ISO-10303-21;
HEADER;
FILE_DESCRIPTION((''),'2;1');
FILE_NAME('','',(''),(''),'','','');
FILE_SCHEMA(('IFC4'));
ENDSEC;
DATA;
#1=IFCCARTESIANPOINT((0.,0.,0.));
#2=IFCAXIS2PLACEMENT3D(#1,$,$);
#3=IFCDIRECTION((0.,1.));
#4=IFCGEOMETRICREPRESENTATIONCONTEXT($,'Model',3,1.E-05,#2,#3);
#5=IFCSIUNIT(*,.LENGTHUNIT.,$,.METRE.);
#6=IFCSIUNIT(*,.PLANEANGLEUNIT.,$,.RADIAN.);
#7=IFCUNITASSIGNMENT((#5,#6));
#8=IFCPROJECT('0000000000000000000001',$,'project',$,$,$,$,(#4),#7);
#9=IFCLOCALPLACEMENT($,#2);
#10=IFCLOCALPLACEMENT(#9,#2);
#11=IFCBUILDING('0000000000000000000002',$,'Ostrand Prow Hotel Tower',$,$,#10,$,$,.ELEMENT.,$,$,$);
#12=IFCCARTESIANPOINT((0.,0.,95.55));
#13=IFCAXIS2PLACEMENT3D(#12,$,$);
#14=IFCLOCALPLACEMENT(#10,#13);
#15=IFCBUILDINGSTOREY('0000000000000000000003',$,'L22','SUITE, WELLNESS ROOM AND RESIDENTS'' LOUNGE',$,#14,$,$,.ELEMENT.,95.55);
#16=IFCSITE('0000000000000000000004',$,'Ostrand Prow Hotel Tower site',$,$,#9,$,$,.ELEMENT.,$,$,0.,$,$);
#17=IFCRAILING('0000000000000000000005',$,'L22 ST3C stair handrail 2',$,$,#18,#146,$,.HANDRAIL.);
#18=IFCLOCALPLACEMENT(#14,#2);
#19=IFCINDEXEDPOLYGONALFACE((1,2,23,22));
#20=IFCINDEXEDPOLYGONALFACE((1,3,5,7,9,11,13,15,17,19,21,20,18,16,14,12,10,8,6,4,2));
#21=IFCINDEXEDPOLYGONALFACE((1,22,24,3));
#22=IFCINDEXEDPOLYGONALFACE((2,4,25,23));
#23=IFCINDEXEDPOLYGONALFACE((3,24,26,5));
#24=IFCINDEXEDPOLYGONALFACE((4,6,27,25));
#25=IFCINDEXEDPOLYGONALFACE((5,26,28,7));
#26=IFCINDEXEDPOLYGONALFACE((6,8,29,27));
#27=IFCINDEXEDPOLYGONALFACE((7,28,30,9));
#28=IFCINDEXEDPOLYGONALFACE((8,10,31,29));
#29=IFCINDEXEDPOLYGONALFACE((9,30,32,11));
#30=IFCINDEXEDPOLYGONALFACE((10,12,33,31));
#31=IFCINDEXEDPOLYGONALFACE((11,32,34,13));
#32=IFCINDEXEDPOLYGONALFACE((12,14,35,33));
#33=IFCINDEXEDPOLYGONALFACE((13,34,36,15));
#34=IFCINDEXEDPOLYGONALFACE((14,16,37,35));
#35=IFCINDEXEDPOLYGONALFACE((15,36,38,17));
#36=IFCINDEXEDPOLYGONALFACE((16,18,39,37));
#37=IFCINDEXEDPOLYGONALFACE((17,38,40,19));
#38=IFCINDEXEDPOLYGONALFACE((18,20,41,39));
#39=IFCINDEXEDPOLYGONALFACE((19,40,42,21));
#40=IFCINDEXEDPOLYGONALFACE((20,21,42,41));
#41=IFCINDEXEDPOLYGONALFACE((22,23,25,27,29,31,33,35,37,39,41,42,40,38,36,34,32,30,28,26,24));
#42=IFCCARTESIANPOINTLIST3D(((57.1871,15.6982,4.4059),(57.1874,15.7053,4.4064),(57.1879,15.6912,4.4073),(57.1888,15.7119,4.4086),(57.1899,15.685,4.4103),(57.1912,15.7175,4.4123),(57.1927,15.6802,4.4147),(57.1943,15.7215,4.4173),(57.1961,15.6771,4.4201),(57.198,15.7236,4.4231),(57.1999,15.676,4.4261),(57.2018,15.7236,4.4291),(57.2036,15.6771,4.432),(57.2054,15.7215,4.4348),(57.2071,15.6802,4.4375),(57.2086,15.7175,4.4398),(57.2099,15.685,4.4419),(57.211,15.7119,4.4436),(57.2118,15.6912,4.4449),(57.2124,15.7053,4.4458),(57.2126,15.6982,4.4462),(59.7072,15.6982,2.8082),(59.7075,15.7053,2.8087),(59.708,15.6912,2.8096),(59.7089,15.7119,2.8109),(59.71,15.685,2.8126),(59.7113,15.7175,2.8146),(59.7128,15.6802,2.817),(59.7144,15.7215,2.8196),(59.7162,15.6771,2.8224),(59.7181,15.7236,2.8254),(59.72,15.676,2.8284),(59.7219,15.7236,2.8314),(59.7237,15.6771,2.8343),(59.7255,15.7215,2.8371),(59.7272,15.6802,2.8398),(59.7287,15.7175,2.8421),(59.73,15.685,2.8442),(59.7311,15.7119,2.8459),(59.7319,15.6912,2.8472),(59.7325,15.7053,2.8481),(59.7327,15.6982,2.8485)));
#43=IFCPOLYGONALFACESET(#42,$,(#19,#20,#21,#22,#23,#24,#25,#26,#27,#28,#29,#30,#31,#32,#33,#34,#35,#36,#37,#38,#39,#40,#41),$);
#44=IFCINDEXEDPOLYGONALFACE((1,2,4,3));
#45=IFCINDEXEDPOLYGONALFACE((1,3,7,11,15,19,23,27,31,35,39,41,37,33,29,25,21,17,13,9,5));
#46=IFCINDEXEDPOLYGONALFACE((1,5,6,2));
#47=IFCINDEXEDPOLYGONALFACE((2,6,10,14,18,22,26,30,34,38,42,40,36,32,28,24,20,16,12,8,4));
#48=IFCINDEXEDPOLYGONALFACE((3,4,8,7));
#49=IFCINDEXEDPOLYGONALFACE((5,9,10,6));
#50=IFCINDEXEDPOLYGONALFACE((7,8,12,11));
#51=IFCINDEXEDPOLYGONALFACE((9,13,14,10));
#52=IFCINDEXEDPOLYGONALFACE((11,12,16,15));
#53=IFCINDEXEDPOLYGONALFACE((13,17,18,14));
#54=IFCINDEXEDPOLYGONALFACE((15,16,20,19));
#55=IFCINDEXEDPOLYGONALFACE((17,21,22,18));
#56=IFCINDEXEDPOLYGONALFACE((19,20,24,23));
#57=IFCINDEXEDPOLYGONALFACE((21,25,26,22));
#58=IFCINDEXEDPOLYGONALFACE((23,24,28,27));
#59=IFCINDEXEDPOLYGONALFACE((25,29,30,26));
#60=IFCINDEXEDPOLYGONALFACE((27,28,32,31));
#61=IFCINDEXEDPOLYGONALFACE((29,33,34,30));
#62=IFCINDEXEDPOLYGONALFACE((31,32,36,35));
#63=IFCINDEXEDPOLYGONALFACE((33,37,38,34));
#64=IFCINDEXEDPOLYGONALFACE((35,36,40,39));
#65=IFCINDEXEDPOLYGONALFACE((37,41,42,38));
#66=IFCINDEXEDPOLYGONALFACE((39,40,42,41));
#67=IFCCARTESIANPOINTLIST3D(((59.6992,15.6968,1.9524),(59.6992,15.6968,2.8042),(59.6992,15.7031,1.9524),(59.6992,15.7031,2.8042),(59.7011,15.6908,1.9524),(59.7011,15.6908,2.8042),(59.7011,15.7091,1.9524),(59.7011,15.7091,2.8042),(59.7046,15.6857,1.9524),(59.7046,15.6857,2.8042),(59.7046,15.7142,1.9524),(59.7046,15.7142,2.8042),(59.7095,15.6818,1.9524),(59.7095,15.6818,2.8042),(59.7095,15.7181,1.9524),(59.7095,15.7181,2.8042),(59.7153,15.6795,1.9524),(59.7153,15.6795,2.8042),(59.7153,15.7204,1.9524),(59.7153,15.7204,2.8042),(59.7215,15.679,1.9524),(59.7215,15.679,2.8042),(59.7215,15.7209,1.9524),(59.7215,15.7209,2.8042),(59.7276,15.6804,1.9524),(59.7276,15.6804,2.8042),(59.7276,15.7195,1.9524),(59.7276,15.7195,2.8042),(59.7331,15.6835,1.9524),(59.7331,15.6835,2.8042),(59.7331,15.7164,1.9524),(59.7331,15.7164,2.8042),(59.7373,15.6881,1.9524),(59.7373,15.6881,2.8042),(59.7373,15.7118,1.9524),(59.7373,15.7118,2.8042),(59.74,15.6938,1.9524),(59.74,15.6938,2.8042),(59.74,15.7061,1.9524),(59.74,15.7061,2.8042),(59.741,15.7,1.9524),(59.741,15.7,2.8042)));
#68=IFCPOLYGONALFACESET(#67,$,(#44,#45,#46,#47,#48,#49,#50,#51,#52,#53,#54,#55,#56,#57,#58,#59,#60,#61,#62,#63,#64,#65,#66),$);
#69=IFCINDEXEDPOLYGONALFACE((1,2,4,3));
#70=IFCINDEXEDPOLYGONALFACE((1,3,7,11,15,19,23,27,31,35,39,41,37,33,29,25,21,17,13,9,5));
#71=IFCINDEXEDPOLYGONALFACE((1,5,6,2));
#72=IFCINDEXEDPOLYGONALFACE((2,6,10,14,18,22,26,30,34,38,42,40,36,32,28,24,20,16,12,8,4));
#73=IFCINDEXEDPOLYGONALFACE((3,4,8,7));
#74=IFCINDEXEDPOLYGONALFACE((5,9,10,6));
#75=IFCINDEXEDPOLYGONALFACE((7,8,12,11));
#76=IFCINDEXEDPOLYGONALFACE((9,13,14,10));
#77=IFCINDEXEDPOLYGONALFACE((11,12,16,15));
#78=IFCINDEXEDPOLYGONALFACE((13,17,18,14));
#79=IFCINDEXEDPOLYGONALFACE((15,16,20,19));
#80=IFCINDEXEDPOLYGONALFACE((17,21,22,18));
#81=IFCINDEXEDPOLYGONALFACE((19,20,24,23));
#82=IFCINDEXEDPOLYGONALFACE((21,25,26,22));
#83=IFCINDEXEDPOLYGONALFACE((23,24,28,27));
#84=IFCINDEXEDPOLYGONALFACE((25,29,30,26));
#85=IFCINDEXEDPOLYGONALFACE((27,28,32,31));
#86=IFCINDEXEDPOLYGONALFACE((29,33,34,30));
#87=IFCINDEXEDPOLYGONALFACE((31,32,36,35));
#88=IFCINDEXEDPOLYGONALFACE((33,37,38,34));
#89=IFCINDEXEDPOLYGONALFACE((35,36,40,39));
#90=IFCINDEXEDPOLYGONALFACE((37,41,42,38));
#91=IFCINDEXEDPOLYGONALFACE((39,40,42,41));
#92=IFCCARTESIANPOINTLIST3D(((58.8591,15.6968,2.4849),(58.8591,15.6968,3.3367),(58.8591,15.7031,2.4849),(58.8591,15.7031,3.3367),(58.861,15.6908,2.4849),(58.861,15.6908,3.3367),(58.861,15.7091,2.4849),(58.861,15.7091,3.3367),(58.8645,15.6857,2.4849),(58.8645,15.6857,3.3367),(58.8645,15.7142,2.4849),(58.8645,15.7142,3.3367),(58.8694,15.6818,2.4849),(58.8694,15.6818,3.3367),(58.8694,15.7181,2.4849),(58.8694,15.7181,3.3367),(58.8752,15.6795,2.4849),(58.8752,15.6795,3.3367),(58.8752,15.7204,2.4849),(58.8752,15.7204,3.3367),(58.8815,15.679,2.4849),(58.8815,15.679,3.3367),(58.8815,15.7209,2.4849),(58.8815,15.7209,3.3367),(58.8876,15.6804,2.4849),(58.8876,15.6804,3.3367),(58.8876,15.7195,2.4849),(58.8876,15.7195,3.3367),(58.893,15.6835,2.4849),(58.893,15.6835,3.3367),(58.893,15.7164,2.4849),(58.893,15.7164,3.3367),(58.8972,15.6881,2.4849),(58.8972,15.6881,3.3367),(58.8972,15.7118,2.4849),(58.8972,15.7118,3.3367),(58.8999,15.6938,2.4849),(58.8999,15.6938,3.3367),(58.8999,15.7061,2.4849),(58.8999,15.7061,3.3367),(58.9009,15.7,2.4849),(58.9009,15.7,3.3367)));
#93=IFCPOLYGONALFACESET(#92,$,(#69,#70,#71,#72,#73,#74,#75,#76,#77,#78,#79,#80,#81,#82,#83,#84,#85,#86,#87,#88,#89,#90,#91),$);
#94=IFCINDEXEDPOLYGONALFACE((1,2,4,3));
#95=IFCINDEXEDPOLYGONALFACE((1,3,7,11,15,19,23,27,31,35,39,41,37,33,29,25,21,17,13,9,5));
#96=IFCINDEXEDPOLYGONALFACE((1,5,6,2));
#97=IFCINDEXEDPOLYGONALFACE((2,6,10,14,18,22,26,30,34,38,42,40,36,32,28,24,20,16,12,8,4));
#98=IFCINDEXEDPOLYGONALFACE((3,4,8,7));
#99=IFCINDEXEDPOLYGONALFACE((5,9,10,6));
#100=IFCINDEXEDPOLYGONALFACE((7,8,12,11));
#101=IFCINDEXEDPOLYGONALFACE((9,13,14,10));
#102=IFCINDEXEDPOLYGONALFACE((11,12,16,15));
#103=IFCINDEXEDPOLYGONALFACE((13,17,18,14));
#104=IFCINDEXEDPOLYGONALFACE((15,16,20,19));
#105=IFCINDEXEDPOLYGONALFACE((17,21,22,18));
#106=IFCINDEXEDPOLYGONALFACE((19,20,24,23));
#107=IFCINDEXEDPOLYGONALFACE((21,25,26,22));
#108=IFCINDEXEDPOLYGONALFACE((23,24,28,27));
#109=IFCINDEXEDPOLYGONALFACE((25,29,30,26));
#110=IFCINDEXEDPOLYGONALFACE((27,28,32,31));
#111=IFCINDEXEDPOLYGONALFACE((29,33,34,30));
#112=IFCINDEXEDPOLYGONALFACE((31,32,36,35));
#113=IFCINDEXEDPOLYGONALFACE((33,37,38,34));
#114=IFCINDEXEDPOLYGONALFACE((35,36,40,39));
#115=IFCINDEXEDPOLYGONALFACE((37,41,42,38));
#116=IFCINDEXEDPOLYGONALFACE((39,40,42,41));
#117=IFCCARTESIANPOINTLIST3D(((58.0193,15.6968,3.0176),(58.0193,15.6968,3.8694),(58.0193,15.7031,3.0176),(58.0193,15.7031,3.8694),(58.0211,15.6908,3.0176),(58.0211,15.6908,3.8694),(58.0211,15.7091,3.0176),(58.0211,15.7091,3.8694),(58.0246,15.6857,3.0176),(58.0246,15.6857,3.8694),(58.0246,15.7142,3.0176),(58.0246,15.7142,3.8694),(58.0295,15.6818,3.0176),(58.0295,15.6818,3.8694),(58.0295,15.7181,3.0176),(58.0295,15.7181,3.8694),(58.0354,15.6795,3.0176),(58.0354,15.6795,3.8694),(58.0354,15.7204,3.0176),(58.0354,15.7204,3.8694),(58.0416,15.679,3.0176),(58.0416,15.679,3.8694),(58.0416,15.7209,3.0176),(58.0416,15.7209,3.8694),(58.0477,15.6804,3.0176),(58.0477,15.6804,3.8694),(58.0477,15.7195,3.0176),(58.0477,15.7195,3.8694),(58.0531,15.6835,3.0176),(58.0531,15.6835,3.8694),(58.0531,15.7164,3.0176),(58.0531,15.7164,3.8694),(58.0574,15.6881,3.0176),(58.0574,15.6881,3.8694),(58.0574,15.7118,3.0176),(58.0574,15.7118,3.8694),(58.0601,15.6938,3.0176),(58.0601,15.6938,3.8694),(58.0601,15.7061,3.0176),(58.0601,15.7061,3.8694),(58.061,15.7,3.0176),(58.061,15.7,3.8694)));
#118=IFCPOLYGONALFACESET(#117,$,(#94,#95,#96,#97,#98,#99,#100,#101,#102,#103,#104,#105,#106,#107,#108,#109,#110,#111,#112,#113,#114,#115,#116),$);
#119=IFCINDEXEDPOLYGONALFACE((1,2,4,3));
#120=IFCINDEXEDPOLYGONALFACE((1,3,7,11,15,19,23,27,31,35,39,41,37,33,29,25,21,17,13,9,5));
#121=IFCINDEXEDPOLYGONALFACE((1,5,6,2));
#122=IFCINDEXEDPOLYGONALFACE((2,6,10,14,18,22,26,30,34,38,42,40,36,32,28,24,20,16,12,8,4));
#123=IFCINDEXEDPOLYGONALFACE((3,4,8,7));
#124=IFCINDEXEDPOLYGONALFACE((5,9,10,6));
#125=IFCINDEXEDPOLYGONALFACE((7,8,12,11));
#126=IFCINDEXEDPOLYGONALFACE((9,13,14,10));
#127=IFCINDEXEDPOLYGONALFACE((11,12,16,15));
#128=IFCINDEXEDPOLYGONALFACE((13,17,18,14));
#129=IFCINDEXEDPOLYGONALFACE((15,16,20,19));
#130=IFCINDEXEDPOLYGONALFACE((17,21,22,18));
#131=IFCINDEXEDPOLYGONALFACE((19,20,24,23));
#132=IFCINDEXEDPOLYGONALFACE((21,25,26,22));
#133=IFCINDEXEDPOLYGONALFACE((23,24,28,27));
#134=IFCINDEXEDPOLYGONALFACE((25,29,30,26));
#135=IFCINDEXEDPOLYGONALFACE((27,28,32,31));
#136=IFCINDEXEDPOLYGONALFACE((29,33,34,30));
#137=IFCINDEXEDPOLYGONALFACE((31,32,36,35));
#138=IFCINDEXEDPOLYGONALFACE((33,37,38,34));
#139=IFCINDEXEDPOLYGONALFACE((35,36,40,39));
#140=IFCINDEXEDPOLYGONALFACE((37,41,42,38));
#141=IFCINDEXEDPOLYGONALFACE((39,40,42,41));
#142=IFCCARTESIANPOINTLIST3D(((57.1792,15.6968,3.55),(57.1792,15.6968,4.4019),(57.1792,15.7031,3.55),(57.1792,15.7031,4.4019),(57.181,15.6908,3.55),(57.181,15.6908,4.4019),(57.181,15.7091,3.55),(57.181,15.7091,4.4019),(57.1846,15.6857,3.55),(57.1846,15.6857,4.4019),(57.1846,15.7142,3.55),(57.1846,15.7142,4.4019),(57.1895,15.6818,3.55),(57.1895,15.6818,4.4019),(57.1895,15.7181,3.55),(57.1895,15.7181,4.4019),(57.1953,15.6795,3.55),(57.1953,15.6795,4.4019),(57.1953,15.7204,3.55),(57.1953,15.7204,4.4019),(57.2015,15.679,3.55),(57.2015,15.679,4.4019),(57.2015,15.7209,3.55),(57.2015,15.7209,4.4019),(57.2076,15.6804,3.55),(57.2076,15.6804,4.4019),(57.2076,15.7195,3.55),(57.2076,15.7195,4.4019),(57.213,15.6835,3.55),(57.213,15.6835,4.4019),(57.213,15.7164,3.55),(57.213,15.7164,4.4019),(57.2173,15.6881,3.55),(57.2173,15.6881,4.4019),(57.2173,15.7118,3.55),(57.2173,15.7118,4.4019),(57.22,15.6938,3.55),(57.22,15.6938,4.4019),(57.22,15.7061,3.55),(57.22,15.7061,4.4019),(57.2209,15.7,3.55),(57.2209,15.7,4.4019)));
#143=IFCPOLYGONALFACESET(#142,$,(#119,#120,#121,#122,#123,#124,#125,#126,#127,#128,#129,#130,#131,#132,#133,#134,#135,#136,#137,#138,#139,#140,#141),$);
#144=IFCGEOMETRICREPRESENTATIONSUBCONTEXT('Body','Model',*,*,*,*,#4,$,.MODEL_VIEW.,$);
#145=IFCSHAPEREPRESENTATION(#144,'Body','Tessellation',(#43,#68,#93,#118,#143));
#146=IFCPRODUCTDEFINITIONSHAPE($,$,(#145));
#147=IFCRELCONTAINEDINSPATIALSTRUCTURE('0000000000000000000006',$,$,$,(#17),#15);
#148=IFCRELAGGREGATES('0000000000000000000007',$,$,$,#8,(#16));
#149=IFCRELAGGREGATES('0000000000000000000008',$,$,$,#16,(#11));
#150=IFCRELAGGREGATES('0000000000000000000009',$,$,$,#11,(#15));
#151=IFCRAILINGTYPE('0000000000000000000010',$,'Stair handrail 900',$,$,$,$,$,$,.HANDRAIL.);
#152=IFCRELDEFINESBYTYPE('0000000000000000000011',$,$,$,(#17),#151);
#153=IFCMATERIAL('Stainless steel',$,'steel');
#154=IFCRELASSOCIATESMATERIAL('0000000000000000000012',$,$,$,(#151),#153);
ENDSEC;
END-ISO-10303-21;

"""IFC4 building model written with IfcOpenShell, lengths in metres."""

from ifc_helpers import new_model, si_unit, direction, frame, origin, origin_2d, place, context, subcontext, project, spatial, circle, extrude, material, type_object, element, save


model = new_model("IFC4")

# Units and contexts
model_context = context("Model", 3, precision=1e-05, world=origin(), true_north=direction((0.0, 1.0)))
body_context = subcontext(model_context, "Body", "Model", "MODEL_VIEW")
ifc_project = project(units=[si_unit("LENGTHUNIT", "METRE"), si_unit("PLANEANGLEUNIT", "RADIAN")], contexts=[model_context])

# Site, building, storey
site_placement = place(None, origin())
site = spatial("IfcSite", under=ifc_project, at=site_placement, Name="Ostrand Prow Hotel Tower site", CompositionType="ELEMENT", RefElevation=0.0)
building_placement = place(site_placement, origin())
building = spatial("IfcBuilding", under=site, at=building_placement, Name="Ostrand Prow Hotel Tower", CompositionType="ELEMENT")
storey_placement = place(building_placement, frame((0.0, 0.0, 95.55)))
storey = spatial("IfcBuildingStorey", under=building, at=storey_placement, Name="L22", Description="SUITE, WELLNESS ROOM AND RESIDENTS' LOUNGE", CompositionType="ELEMENT", Elevation=95.55)

# Railing
ifc_material_1 = material(Name="Stainless steel", Category="steel")
railing_type_1 = type_object("IfcRailingType", Name="Stair handrail 900", PredefinedType="HANDRAIL", material=ifc_material_1)
railing_1_placement = place(storey_placement, frame((59.72, 15.7, 1.9524)))
element("IfcRailing", 1, at=railing_1_placement, inside=storey, type_object=railing_type_1, Name="L22 ST3C stair handrail 2", PredefinedType="HANDRAIL", context=body_context, shape_type="SweptSolid", body=[
    extrude(circle(Radius=0.0239, at=origin_2d()), frame((0.0, 0.0, 0.876), z_axis=(-0.84457, 0.0, 0.535445), x_axis=(0.0, -1.0, 0.0)), (0.0, 0.0, 1.0), 2.9839),
    extrude(circle(Radius=0.021, at=origin_2d()), origin(), (0.0, 0.0, 1.0), 0.8518),
    extrude(circle(Radius=0.021, at=origin_2d()), frame((-0.8401, 0.0, 0.5325)), (0.0, 0.0, 1.0), 0.8518),
    extrude(circle(Radius=0.021, at=origin_2d()), frame((-1.6799, 0.0, 1.0652)), (0.0, 0.0, 1.0), 0.8518),
    extrude(circle(Radius=0.021, at=origin_2d()), frame((-2.52, 0.0, 1.5977)), (0.0, 0.0, 1.0), 0.8518),
])

save(model, "model.ifc")
